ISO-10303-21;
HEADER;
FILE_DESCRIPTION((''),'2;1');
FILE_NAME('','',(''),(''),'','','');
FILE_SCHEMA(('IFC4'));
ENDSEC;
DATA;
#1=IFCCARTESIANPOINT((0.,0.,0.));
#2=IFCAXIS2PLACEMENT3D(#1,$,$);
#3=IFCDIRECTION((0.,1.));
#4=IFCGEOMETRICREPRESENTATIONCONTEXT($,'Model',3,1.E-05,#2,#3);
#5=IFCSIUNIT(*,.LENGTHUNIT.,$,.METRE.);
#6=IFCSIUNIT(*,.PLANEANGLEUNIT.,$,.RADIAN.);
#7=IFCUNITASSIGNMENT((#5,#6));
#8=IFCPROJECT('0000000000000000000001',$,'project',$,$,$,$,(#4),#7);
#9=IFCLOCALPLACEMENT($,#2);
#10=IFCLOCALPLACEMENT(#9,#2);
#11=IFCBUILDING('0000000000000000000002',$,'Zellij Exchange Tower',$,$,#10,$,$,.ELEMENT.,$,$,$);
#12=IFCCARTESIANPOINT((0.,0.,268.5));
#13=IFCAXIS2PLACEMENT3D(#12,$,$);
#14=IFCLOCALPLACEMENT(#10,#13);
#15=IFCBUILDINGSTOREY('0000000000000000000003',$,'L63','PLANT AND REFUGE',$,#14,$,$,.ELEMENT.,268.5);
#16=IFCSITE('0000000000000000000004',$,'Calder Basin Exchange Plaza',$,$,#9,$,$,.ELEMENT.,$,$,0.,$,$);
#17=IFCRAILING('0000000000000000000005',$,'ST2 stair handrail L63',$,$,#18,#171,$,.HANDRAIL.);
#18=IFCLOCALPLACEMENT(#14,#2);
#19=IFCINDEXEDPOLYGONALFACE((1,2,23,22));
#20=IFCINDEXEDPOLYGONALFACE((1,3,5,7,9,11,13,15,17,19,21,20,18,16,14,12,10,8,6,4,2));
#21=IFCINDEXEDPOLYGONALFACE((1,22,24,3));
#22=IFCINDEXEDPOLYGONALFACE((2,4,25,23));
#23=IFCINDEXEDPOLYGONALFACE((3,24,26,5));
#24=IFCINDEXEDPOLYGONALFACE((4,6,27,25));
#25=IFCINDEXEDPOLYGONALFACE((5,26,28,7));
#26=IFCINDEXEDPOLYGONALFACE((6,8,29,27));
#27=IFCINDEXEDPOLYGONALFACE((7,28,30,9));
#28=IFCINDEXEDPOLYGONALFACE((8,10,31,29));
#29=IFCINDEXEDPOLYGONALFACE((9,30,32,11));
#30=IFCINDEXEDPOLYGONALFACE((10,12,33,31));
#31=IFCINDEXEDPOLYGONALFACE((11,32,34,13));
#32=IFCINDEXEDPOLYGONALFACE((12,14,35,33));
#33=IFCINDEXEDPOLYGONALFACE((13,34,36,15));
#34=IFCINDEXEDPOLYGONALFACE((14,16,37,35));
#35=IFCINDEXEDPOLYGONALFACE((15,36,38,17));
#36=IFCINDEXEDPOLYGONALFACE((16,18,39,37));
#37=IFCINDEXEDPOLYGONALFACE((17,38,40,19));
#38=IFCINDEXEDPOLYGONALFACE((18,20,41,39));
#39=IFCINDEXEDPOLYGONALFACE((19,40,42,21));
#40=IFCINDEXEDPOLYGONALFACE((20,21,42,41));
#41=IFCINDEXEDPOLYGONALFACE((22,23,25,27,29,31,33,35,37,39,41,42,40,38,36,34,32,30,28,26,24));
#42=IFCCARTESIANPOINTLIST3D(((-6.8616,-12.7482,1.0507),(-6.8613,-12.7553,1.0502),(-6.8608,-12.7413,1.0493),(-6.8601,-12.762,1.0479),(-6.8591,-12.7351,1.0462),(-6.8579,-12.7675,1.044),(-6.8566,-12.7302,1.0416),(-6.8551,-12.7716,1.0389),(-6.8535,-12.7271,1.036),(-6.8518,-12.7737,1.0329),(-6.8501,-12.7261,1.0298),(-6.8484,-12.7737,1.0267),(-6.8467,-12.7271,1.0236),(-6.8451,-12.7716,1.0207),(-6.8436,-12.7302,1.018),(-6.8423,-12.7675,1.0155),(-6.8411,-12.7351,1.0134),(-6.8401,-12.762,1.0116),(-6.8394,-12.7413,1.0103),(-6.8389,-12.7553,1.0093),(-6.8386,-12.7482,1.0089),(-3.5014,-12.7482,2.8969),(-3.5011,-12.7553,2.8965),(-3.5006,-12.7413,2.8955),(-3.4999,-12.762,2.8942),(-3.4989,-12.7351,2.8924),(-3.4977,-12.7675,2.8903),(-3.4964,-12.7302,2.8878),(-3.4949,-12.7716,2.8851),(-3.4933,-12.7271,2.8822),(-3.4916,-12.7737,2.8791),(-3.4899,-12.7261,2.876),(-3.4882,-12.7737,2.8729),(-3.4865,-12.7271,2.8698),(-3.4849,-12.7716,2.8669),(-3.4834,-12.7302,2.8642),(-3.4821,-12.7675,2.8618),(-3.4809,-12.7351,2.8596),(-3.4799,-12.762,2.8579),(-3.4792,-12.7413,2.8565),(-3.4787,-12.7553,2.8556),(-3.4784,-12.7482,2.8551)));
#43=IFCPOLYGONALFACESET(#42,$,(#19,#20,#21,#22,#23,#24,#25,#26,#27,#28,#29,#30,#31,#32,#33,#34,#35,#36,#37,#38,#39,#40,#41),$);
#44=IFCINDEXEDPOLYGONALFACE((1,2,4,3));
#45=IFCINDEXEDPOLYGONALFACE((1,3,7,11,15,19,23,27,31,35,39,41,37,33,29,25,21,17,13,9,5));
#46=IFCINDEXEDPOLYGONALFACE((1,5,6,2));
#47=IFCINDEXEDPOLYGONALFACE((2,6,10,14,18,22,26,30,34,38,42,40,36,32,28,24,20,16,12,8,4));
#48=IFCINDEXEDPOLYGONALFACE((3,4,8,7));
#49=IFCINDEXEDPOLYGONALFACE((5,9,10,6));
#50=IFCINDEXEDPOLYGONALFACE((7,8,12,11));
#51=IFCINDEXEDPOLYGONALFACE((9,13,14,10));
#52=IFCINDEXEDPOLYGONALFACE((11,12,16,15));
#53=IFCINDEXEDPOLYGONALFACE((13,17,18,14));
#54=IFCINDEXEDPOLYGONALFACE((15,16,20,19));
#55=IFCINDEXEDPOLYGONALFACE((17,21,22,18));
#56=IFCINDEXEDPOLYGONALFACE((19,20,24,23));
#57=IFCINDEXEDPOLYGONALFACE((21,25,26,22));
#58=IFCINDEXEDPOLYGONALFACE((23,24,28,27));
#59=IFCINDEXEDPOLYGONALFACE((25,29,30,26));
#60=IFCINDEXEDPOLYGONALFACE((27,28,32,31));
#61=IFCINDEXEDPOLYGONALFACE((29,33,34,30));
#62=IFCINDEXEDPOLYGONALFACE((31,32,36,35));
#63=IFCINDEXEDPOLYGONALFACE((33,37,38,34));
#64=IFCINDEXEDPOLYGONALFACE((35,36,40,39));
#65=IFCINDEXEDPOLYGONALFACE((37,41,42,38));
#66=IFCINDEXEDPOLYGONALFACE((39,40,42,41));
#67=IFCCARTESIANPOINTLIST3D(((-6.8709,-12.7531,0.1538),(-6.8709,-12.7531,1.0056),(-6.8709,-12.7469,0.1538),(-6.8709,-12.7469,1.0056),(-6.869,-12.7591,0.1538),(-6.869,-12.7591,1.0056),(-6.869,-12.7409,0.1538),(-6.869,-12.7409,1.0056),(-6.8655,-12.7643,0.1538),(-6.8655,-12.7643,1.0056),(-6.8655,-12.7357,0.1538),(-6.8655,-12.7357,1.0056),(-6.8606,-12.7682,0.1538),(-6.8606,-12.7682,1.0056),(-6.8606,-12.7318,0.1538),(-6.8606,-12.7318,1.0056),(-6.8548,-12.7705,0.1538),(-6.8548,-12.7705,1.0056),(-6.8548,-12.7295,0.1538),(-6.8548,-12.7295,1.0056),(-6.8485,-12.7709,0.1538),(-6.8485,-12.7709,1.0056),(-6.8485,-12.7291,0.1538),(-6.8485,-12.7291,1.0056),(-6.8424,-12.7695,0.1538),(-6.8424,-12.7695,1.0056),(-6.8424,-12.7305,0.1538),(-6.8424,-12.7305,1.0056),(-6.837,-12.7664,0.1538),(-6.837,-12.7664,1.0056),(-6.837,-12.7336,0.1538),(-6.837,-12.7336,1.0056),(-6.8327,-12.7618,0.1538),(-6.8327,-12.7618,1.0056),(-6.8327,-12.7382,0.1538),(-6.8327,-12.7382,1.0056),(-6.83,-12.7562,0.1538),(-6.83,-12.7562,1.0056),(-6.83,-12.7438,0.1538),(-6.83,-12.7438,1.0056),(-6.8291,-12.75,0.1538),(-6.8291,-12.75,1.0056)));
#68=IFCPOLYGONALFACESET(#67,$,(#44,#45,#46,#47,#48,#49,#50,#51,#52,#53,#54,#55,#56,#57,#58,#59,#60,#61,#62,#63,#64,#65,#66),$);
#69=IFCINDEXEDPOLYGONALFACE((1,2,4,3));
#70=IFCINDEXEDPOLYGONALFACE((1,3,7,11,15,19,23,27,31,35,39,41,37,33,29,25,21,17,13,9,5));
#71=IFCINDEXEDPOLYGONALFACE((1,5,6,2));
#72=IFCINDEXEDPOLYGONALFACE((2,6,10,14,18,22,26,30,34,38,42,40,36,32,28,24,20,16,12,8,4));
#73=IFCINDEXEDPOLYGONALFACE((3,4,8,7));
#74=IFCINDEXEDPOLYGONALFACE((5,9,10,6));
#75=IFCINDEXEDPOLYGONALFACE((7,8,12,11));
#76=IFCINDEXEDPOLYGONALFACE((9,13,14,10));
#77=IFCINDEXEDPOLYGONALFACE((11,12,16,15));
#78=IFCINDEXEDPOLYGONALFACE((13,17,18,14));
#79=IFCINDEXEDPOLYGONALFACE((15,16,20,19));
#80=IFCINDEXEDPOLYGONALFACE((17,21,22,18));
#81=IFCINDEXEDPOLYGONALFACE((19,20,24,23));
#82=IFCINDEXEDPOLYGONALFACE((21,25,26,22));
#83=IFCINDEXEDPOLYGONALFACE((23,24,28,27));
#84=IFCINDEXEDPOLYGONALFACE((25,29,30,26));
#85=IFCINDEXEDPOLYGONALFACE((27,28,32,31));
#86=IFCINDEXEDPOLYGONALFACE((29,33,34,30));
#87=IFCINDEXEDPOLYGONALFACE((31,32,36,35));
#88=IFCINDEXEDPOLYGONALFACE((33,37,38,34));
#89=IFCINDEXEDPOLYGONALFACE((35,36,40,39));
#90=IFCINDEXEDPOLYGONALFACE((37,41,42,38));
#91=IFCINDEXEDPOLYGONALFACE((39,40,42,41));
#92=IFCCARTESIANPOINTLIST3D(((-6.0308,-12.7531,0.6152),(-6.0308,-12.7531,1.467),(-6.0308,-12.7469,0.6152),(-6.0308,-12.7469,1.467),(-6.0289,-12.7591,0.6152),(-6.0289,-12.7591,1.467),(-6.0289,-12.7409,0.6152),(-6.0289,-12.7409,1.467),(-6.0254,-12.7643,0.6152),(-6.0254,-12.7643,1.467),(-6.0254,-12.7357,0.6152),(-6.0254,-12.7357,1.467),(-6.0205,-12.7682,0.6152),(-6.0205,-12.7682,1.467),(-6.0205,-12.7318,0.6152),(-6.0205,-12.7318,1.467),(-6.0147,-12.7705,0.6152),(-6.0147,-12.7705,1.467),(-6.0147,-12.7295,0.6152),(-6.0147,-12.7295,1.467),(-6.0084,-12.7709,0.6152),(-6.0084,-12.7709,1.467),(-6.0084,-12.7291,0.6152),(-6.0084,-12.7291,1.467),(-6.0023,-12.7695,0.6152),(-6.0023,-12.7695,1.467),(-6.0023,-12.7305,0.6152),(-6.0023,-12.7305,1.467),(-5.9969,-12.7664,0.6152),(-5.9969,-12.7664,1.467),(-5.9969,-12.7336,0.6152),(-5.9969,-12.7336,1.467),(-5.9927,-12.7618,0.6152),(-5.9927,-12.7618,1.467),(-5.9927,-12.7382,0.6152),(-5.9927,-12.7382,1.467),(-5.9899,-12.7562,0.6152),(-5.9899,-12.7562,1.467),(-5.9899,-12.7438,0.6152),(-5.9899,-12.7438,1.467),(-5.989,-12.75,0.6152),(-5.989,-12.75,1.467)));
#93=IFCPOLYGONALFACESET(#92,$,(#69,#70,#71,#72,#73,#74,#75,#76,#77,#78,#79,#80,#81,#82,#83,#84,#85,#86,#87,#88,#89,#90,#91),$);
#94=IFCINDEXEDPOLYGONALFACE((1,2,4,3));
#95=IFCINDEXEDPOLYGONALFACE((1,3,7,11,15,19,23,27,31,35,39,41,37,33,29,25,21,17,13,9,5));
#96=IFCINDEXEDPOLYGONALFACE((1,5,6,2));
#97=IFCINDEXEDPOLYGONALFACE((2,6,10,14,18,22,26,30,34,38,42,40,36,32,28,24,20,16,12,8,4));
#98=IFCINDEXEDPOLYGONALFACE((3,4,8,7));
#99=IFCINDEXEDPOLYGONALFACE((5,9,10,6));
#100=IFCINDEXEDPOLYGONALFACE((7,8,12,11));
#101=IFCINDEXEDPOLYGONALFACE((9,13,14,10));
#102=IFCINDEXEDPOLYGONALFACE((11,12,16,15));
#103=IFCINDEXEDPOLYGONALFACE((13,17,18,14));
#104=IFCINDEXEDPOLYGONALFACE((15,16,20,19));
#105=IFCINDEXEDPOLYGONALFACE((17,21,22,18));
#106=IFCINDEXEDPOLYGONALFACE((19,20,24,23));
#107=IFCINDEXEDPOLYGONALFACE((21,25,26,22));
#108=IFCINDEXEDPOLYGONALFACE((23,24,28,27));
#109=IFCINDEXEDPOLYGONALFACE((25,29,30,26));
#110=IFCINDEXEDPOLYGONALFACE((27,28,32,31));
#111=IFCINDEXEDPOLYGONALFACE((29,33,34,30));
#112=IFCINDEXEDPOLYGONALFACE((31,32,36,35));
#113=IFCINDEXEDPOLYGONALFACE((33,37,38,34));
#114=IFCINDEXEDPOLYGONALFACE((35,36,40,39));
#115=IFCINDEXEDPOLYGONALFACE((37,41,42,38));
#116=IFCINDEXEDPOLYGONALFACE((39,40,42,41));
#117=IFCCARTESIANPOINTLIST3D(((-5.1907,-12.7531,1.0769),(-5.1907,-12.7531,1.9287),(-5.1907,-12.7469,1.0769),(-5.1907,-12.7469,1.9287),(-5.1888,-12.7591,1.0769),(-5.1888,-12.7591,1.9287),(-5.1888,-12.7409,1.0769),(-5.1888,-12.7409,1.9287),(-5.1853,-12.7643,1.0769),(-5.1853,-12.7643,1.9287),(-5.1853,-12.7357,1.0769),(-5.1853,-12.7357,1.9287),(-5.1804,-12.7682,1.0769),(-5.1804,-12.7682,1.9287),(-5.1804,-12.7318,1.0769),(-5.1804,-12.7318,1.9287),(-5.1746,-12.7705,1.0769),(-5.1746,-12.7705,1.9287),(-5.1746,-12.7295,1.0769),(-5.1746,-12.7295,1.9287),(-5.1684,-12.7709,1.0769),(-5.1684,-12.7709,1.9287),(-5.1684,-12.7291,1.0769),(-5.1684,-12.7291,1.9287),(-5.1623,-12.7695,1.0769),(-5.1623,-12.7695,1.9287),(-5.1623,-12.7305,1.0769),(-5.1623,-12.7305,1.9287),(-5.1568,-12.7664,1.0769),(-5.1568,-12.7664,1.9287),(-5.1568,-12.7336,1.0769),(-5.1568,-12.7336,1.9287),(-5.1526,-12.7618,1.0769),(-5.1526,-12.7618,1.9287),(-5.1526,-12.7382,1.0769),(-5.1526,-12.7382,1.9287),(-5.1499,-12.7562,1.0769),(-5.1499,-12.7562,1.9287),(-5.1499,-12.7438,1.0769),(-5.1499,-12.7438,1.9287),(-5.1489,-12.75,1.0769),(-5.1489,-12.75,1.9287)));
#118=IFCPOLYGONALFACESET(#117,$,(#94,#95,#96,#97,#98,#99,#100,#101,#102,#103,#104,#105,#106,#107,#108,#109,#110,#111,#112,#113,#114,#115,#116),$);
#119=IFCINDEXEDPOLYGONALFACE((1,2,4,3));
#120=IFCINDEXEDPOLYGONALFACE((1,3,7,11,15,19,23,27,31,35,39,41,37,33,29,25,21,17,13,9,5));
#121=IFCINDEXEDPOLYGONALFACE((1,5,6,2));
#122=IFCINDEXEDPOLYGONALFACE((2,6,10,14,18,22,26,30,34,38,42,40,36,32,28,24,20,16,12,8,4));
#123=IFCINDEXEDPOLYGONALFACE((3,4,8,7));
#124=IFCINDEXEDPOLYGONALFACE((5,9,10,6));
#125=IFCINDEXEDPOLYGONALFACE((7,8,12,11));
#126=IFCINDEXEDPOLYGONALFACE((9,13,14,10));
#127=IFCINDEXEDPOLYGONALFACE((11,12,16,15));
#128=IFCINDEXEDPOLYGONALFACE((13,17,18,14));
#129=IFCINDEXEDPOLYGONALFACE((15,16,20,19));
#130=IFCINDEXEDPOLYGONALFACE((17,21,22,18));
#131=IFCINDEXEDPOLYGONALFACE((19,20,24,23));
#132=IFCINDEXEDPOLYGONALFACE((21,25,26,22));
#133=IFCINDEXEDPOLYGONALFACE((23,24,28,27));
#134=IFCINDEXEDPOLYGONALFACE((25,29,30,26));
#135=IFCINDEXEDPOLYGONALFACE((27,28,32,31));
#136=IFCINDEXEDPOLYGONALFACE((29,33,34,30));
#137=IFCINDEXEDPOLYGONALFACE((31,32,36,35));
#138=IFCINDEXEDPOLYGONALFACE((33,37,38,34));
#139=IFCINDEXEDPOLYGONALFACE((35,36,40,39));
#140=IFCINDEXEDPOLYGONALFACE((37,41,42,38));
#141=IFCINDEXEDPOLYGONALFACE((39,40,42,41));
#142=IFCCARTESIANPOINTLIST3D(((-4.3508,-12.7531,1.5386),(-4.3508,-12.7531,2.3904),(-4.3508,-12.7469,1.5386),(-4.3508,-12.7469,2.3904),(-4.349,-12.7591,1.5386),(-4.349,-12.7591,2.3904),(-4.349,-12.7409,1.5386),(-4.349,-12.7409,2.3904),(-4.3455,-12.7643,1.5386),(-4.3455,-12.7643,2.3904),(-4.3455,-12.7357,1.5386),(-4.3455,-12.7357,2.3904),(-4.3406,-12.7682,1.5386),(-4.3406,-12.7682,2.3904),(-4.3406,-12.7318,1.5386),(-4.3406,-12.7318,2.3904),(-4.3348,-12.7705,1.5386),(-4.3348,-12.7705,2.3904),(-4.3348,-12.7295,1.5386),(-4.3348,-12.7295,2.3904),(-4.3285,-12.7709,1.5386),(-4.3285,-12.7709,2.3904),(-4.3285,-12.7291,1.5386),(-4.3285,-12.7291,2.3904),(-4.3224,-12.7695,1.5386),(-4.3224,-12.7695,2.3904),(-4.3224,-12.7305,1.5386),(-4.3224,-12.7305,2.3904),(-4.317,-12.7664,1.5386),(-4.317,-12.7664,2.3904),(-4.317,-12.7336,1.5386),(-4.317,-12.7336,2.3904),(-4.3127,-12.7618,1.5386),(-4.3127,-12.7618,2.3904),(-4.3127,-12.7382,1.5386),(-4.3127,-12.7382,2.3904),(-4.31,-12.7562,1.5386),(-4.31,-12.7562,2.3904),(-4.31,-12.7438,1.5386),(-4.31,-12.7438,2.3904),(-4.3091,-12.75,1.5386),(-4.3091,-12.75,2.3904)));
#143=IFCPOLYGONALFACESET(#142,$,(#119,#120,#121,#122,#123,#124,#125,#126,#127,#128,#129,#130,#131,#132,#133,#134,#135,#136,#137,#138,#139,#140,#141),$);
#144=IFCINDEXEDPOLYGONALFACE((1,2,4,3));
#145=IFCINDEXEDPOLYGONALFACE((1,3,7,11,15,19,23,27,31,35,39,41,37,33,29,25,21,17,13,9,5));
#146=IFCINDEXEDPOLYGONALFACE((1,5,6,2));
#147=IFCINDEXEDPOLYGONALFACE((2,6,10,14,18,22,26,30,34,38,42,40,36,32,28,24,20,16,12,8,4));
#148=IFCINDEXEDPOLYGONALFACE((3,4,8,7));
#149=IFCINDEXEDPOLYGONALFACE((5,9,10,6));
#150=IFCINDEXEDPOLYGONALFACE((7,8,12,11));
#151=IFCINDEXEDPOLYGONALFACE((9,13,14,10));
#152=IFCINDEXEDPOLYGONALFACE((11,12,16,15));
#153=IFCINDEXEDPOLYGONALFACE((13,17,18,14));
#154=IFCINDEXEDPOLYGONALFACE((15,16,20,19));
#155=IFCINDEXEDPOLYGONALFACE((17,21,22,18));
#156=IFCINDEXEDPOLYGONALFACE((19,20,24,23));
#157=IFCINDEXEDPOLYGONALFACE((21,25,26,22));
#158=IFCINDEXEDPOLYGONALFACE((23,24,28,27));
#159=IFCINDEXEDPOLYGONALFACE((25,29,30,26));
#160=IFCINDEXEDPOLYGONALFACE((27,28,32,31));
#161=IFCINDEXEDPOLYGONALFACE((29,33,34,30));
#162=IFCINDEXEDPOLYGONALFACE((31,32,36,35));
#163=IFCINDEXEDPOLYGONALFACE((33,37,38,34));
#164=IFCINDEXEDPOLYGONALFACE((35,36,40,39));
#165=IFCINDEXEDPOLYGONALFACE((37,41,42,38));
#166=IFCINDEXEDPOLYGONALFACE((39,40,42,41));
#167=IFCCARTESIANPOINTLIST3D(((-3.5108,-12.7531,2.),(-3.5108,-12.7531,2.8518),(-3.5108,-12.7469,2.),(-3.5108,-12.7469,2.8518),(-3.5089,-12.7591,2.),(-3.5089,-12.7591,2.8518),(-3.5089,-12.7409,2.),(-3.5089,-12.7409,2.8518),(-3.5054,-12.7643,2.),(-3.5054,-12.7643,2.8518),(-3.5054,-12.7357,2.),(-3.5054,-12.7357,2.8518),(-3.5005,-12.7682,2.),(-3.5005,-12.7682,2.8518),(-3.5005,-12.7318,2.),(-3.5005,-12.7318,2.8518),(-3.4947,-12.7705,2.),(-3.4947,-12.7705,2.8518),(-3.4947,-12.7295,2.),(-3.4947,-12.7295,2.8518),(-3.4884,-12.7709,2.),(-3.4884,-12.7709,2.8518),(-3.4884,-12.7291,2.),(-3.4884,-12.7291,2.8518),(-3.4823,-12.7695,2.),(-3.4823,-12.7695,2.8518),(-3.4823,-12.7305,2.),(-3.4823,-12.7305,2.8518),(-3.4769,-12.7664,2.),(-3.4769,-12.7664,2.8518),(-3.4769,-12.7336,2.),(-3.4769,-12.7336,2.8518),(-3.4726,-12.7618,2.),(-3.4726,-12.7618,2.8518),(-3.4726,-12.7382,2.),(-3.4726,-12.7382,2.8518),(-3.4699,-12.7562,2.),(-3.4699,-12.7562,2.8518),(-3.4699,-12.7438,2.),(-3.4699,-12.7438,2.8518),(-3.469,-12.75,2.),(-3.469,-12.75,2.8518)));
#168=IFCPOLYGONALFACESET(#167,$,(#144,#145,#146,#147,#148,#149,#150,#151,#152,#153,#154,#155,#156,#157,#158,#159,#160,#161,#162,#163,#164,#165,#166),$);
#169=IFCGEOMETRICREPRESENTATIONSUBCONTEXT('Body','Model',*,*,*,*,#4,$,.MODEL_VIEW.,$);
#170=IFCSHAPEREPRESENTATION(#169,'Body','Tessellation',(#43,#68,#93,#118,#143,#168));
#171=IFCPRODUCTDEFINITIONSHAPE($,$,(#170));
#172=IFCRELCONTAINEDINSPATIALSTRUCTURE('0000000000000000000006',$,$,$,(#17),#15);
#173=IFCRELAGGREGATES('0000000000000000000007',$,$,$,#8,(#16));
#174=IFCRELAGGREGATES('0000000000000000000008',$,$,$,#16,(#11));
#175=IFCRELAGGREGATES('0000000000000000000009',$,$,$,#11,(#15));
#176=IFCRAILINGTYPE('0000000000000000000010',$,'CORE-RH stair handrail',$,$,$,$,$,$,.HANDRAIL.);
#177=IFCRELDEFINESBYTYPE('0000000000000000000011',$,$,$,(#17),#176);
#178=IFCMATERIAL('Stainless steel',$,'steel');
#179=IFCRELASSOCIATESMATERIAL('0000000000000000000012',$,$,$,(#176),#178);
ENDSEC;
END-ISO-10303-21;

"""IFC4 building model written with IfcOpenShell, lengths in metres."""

from ifc_helpers import new_model, si_unit, direction, frame, origin, origin_2d, place, context, subcontext, project, spatial, circle, extrude, material, type_object, element, save


model = new_model("IFC4")

# Units and contexts
model_context = context("Model", 3, precision=1e-05, world=origin(), true_north=direction((0.0, 1.0)))
body_context = subcontext(model_context, "Body", "Model", "MODEL_VIEW")
ifc_project = project(units=[si_unit("LENGTHUNIT", "METRE"), si_unit("PLANEANGLEUNIT", "RADIAN")], contexts=[model_context])

# Site, building, storey
site_placement = place(None, origin())
site = spatial("IfcSite", under=ifc_project, at=site_placement, Name="Calder Basin Exchange Plaza", CompositionType="ELEMENT", RefElevation=0.0)
building_placement = place(site_placement, origin())
building = spatial("IfcBuilding", under=site, at=building_placement, Name="Zellij Exchange Tower", CompositionType="ELEMENT")
storey_placement = place(building_placement, frame((0.0, 0.0, 268.5)))
storey = spatial("IfcBuildingStorey", under=building, at=storey_placement, Name="L63", Description="PLANT AND REFUGE", CompositionType="ELEMENT", Elevation=268.5)

# Railing
ifc_material_1 = material(Name="Stainless steel", Category="steel")
railing_type_1 = type_object("IfcRailingType", Name="CORE-RH stair handrail", PredefinedType="HANDRAIL", material=ifc_material_1)
railing_1_placement = place(storey_placement, frame((-6.8501, -12.75, 0.1538)))
element("IfcRailing", 1, at=railing_1_placement, inside=storey, type_object=railing_type_1, Name="ST2 stair handrail L63", PredefinedType="HANDRAIL", context=body_context, shape_type="SweptSolid", body=[
    extrude(circle(Radius=0.0239, at=origin_2d()), frame((0.0, 0.0, 0.876), z_axis=(0.876422, 0.0, 0.481545), x_axis=(0.0, 1.0, 0.0)), (0.0, 0.0, 1.0), 3.834),
    extrude(circle(Radius=0.021, at=origin_2d()), origin(), (0.0, 0.0, 1.0), 0.8518),
    extrude(circle(Radius=0.021, at=origin_2d()), frame((0.8401, 0.0, 0.4614)), (0.0, 0.0, 1.0), 0.8518),
    extrude(circle(Radius=0.021, at=origin_2d()), frame((1.6802, 0.0, 0.9231)), (0.0, 0.0, 1.0), 0.8518),
    extrude(circle(Radius=0.021, at=origin_2d()), frame((2.52, 0.0, 1.3848)), (0.0, 0.0, 1.0), 0.8518),
    extrude(circle(Radius=0.021, at=origin_2d()), frame((3.3601, 0.0, 1.8462)), (0.0, 0.0, 1.0), 0.8518),
])

save(model, "model.ifc")
